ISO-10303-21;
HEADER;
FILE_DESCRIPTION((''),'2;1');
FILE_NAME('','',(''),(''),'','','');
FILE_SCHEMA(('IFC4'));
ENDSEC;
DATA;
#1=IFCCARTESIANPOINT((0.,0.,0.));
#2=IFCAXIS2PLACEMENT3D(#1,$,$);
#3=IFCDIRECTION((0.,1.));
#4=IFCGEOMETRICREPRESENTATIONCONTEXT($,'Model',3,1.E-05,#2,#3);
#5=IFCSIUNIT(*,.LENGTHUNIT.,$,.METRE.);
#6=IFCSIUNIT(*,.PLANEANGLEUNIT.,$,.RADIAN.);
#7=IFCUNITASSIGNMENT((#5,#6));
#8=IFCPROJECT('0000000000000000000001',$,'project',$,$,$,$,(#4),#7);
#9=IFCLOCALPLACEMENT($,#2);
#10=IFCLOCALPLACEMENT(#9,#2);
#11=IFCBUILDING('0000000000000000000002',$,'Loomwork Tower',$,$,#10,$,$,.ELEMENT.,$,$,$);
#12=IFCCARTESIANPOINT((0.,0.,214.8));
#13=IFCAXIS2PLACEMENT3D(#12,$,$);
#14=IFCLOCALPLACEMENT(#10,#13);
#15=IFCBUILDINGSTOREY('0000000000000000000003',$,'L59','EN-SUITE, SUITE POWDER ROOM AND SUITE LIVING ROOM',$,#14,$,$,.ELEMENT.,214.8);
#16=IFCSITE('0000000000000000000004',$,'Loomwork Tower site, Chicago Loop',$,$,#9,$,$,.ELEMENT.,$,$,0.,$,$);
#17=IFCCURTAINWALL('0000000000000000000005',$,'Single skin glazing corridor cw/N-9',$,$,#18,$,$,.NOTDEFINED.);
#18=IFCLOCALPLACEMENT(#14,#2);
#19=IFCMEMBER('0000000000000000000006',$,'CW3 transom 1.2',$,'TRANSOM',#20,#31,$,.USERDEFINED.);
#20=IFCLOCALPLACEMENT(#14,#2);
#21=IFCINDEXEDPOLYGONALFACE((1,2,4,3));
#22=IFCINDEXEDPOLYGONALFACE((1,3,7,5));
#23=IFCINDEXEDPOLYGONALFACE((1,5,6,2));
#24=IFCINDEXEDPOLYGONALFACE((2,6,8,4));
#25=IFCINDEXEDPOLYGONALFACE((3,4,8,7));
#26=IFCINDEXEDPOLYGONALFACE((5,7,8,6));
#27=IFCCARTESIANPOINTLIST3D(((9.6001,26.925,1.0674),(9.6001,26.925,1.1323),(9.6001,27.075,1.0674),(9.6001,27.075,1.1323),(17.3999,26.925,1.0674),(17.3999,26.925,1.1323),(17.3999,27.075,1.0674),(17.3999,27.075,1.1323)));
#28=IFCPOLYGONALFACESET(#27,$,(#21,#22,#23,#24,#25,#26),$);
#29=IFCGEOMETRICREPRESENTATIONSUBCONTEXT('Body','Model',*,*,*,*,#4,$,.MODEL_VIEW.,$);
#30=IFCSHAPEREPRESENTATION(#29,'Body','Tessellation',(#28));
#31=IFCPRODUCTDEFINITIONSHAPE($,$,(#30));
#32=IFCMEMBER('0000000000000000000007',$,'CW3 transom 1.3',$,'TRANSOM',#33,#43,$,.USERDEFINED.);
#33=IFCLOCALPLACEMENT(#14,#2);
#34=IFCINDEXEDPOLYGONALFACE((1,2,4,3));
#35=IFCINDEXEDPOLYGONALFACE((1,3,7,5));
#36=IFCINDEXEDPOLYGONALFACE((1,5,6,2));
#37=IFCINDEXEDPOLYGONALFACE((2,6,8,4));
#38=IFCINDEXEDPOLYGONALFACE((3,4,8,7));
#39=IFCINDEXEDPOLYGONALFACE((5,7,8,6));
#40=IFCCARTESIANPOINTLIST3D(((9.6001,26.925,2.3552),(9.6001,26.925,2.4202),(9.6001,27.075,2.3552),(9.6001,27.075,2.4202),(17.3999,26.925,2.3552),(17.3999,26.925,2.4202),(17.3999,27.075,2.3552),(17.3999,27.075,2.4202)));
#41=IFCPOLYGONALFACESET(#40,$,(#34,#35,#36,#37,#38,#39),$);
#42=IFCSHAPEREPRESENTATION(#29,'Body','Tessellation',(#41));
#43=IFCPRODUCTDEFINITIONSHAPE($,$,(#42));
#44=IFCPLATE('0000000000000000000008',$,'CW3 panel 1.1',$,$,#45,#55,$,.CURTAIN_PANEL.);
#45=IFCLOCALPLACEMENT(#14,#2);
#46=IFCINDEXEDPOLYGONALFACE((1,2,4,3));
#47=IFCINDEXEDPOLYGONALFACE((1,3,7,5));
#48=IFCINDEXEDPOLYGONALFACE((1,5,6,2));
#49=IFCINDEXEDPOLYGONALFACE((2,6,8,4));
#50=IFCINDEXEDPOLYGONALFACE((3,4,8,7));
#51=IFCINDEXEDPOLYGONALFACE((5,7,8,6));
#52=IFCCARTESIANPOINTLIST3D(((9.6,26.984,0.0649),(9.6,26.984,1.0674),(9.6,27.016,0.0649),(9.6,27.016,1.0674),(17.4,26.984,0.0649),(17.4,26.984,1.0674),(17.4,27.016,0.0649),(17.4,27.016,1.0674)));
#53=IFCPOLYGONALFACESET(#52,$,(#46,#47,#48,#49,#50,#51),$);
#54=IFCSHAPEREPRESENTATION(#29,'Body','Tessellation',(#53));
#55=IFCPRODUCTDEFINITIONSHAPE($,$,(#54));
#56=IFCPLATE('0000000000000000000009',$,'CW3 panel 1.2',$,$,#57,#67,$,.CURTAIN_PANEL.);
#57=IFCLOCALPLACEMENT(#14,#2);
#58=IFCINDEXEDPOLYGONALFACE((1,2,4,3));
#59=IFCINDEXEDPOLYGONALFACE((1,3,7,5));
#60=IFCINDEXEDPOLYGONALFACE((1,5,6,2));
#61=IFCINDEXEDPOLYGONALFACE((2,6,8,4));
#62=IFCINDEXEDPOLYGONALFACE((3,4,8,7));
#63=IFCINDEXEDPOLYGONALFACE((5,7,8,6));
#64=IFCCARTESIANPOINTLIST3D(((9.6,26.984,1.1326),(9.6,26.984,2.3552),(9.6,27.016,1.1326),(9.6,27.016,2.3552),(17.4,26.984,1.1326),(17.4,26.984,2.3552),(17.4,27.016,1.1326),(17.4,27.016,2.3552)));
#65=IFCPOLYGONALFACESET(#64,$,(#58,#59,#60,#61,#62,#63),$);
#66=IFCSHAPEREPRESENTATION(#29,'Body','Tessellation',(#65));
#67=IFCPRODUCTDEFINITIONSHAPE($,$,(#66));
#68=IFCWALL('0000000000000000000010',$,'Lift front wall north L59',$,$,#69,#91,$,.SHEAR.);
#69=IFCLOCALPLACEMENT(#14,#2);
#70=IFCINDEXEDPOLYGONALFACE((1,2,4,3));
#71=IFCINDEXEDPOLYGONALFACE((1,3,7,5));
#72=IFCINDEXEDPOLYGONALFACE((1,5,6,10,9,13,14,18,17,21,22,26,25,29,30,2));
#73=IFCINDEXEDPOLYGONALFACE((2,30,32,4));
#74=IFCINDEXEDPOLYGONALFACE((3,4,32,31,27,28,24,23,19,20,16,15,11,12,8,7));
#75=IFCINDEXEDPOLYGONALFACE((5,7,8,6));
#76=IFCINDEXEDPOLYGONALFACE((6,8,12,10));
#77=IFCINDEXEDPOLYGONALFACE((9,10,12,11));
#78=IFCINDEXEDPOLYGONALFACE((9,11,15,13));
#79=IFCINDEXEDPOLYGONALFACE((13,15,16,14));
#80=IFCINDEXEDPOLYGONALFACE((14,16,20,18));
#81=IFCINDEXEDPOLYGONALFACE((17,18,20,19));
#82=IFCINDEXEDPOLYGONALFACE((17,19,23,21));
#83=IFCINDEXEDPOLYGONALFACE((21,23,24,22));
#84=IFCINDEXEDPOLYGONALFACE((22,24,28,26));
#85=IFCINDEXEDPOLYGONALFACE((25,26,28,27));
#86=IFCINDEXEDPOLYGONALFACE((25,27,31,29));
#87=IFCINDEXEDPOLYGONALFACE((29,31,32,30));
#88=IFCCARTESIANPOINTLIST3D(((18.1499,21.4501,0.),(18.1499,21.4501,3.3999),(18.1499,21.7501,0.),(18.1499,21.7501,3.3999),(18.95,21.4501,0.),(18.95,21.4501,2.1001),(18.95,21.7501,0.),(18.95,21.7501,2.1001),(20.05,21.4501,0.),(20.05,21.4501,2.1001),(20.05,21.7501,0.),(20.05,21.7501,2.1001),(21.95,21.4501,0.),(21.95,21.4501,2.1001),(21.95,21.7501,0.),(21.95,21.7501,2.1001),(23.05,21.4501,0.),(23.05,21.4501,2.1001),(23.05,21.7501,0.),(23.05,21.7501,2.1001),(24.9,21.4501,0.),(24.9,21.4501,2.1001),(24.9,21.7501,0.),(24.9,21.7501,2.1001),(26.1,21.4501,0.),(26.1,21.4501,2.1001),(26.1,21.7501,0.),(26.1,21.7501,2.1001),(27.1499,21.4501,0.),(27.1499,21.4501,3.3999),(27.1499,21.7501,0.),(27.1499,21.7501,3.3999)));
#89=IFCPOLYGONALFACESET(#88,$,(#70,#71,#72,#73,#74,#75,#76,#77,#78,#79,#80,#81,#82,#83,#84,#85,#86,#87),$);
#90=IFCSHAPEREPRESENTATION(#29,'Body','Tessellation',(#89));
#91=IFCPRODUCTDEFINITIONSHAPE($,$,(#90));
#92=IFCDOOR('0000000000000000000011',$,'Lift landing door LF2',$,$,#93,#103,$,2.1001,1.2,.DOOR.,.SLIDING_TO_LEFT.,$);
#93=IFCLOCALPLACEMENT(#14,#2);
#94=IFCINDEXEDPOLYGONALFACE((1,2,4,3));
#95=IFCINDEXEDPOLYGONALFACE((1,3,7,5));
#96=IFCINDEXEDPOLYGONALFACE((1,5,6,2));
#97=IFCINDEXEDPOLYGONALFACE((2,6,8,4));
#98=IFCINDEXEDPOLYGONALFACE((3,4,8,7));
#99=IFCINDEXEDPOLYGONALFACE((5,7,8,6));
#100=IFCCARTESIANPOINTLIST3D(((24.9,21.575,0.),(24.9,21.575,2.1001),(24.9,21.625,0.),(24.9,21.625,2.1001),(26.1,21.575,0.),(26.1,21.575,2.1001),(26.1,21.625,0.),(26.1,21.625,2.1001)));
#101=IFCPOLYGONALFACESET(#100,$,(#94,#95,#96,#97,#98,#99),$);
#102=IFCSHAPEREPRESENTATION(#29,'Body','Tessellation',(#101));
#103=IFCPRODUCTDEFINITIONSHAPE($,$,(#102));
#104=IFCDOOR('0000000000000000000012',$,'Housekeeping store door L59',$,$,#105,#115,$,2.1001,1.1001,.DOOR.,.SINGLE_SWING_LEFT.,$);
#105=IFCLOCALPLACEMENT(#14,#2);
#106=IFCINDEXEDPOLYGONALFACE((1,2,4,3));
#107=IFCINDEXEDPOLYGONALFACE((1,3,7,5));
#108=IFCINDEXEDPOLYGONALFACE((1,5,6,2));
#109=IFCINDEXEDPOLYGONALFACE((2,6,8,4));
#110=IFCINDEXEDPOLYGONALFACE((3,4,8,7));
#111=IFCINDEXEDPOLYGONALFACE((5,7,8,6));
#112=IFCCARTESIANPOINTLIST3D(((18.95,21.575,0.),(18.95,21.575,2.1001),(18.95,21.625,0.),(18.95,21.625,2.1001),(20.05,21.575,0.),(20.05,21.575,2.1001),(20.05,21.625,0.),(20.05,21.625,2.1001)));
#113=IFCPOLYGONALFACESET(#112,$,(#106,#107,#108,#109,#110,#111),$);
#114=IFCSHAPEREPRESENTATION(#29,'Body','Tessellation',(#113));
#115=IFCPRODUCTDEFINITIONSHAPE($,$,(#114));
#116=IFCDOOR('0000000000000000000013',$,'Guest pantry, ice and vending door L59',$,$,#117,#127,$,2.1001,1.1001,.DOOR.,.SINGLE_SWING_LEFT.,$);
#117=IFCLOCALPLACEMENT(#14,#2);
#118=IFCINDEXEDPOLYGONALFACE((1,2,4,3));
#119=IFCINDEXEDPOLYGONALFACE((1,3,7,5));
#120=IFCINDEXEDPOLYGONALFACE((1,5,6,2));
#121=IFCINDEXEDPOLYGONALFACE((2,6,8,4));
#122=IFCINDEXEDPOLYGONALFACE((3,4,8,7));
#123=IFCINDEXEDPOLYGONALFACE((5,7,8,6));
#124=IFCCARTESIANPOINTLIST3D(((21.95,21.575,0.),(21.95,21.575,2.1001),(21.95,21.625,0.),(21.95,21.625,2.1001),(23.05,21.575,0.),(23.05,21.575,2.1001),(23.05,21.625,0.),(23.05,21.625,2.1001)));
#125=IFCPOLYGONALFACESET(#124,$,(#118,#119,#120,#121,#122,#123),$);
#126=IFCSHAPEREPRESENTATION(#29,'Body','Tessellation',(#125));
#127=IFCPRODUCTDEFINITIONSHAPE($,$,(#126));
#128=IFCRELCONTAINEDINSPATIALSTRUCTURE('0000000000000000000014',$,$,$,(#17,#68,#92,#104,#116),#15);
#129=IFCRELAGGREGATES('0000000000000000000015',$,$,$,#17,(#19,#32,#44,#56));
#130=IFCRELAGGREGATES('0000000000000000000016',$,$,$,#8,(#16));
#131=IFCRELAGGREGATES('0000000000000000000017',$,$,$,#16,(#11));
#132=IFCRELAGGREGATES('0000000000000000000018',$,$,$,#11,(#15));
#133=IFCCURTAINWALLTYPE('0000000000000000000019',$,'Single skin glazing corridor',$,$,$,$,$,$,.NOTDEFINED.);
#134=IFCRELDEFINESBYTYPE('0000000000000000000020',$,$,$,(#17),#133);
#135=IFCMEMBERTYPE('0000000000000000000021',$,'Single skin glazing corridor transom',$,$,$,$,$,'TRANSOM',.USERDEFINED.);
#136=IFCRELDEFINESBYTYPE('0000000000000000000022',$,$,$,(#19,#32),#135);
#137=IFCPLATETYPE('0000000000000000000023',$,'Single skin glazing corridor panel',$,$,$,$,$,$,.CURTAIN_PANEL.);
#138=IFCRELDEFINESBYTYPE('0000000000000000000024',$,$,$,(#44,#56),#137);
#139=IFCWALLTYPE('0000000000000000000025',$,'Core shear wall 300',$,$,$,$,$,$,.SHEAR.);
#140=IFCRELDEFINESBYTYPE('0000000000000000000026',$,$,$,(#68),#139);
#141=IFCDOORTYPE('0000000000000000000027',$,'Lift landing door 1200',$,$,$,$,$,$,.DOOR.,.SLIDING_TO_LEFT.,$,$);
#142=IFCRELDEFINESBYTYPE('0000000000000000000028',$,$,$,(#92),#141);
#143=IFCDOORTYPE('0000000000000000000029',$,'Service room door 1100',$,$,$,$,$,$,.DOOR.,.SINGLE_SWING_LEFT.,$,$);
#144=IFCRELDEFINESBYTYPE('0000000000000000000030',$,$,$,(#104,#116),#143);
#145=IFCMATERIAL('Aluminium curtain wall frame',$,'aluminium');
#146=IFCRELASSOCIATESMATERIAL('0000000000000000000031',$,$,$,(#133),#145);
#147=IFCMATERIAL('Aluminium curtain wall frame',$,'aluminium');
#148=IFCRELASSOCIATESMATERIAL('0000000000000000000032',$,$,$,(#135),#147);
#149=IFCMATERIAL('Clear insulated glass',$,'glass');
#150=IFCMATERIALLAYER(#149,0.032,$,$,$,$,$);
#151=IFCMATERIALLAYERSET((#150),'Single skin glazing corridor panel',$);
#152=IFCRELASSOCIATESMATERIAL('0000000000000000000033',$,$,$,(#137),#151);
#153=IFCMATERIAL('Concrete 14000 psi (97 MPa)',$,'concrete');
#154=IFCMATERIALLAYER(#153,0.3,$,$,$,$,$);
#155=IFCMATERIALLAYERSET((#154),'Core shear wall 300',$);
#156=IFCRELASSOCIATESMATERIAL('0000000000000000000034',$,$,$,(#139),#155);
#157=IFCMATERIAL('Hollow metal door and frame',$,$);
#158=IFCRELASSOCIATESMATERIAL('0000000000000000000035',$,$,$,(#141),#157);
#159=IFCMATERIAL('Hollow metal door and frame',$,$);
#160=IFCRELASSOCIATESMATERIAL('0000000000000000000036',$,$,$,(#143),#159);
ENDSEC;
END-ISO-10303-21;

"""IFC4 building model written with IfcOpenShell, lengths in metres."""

from ifc_helpers import new_model, si_unit, direction, frame, frame_2d, origin, origin_2d, place, context, subcontext, project, spatial, rectangle, extrude, material, layer, layer_set, material_profile, profile_set, type_object, element, fill, aggregate, save


model = new_model("IFC4")

# Units and contexts
model_context = context("Model", 3, precision=1e-05, world=origin(), true_north=direction((0.0, 1.0)))
body_context = subcontext(model_context, "Body", "Model", "MODEL_VIEW")
ifc_project = project(units=[si_unit("LENGTHUNIT", "METRE"), si_unit("PLANEANGLEUNIT", "RADIAN")], contexts=[model_context])

# Site, building, storey
site_placement = place(None, origin())
site = spatial("IfcSite", under=ifc_project, at=site_placement, Name="Loomwork Tower site, Chicago Loop", CompositionType="ELEMENT", RefElevation=0.0)
building_placement = place(site_placement, origin())
building = spatial("IfcBuilding", under=site, at=building_placement, Name="Loomwork Tower", CompositionType="ELEMENT")
storey_placement = place(building_placement, frame((0.0, 0.0, 214.8)))
storey = spatial("IfcBuildingStorey", under=building, at=storey_placement, Name="L59", Description="EN-SUITE, SUITE POWDER ROOM AND SUITE LIVING ROOM", CompositionType="ELEMENT", Elevation=214.8)

# Shared definitions
ifc_material_1 = material(Name="Aluminium curtain wall frame", Category="aluminium")
curtain_wall_type = type_object("IfcCurtainWallType", Name="Single skin glazing corridor", PredefinedType="NOTDEFINED", material=ifc_material_1)

# Curtain wall
curtain_wall_1_placement = place(storey_placement, origin())
curtain_wall_1 = element("IfcCurtainWall", 1, at=curtain_wall_1_placement, inside=storey, type_object=curtain_wall_type, Name="Single skin glazing corridor cw/N-9", PredefinedType="NOTDEFINED")

# Members
ifc_material_2 = material(Name="Aluminium curtain wall frame", Category="aluminium")
ifc_material_profile_1 = material_profile(ifc_material_2, rectangle(XDim=0.1499, YDim=0.0649, at=origin_2d()), Name="AL 65x150")
ifc_profile_set_1 = profile_set([ifc_material_profile_1], Name="Aluminium curtain wall frame")
member_type_1 = type_object("IfcMemberType", Name="Single skin glazing corridor transom", ElementType="TRANSOM", PredefinedType="USERDEFINED", material=ifc_profile_set_1)
member_1_placement = place(storey_placement, frame((17.3999, 27.0, 1.0999), z_axis=(-1.0, 0.0, 0.0), x_axis=(0.0, -1.0, 0.0)))
member_1 = element("IfcMember", 2, at=member_1_placement, type_object=member_type_1, Name="CW3 transom 1.2", ObjectType="TRANSOM", PredefinedType="USERDEFINED", context=body_context, shape_type="SweptSolid", body=[
    extrude(rectangle(XDim=0.1499, YDim=0.0649, at=origin_2d()), origin(), (0.0, 0.0, 1.0), 7.7998),
])
member_2_placement = place(storey_placement, frame((17.3999, 27.0, 2.3877), z_axis=(-1.0, 0.0, 0.0), x_axis=(0.0, -1.0, 0.0)))
member_2 = element("IfcMember", 3, at=member_2_placement, type_object=member_type_1, Name="CW3 transom 1.3", ObjectType="TRANSOM", PredefinedType="USERDEFINED", context=body_context, shape_type="SweptSolid", body=[
    extrude(rectangle(XDim=0.1499, YDim=0.0649, at=origin_2d()), origin(), (0.0, 0.0, 1.0), 7.7998),
])

# Plates
ifc_material_3 = material(Name="Clear insulated glass", Category="glass")
ifc_layer_1 = layer(ifc_material_3, 0.032)
ifc_layer_set_1 = layer_set([ifc_layer_1], Name="Single skin glazing corridor panel")
plate_type = type_object("IfcPlateType", Name="Single skin glazing corridor panel", PredefinedType="CURTAIN_PANEL", material=ifc_layer_set_1)
plate_1_placement = place(storey_placement, frame((13.5, 27.0, 0.0649), z_axis=(0.0, 0.0, 1.0), x_axis=(-1.0, 0.0, 0.0)))
plate_1 = element("IfcPlate", 4, at=plate_1_placement, type_object=plate_type, Name="CW3 panel 1.1", PredefinedType="CURTAIN_PANEL", context=body_context, shape_type="SweptSolid", body=[
    extrude(rectangle(XDim=7.8, YDim=0.032, at=origin_2d()), origin(), (0.0, 0.0, 1.0), 1.0024),
])
plate_2_placement = place(storey_placement, frame((13.5, 27.0, 1.1326), z_axis=(0.0, 0.0, 1.0), x_axis=(-1.0, 0.0, 0.0)))
plate_2 = element("IfcPlate", 5, at=plate_2_placement, type_object=plate_type, Name="CW3 panel 1.2", PredefinedType="CURTAIN_PANEL", context=body_context, shape_type="SweptSolid", body=[
    extrude(rectangle(XDim=7.8, YDim=0.032, at=origin_2d()), origin(), (0.0, 0.0, 1.0), 1.2227),
])
aggregate(curtain_wall_1, [member_1, member_2, plate_1, plate_2])

# Wall, openings, doors
ifc_material_4 = material(Name="Concrete 14000 psi (97 MPa)", Category="concrete")
ifc_layer_2 = layer(ifc_material_4, 0.3)
ifc_layer_set_2 = layer_set([ifc_layer_2], Name="Core shear wall 300")
wall_type_1 = type_object("IfcWallType", Name="Core shear wall 300", PredefinedType="SHEAR", material=ifc_layer_set_2)
wall_1_placement = place(storey_placement, frame((18.1499, 21.6001, 0.0), z_axis=(0.0, 0.0, 1.0), x_axis=(1.0, 0.0, 0.0)))
wall_1 = element("IfcWall", 6, at=wall_1_placement, inside=storey, type_object=wall_type_1, Name="Lift front wall north L59", PredefinedType="SHEAR", context=body_context, shape_type="SweptSolid", body=[
    extrude(rectangle(XDim=9.0, YDim=0.3, at=frame_2d((4.5, 0.0))), origin(), (0.0, 0.0, 1.0), 3.3999),
])
opening_1_placement = place(wall_1_placement, frame((6.75, 0.0, 0.0)))
opening_1 = element("IfcOpeningElement", 7, at=opening_1_placement, cuts=wall_1, PredefinedType="OPENING", context=body_context, shape_type="SweptSolid", body=[
    extrude(rectangle(XDim=1.2, YDim=2.1001, at=frame_2d((0.6001, 1.05))), frame((0.0, 0.1599, 0.0), z_axis=(0.0, -1.0, 0.0), x_axis=(1.0, 0.0, 0.0)), (0.0, 0.0, 1.0), 0.3201),
])
opening_2_placement = place(wall_1_placement, frame((0.8, 0.0, 0.0)))
opening_2 = element("IfcOpeningElement", 8, at=opening_2_placement, cuts=wall_1, PredefinedType="OPENING", context=body_context, shape_type="SweptSolid", body=[
    extrude(rectangle(XDim=1.1001, YDim=2.1001, at=frame_2d((0.55, 1.05))), frame((0.0, 0.1599, 0.0), z_axis=(0.0, -1.0, 0.0), x_axis=(1.0, 0.0, 0.0)), (0.0, 0.0, 1.0), 0.3201),
])
opening_3_placement = place(wall_1_placement, frame((3.8, 0.0, 0.0)))
opening_3 = element("IfcOpeningElement", 9, at=opening_3_placement, cuts=wall_1, PredefinedType="OPENING", context=body_context, shape_type="SweptSolid", body=[
    extrude(rectangle(XDim=1.1001, YDim=2.1001, at=frame_2d((0.55, 1.05))), frame((0.0, 0.1599, 0.0), z_axis=(0.0, -1.0, 0.0), x_axis=(1.0, 0.0, 0.0)), (0.0, 0.0, 1.0), 0.3201),
])
ifc_material_5 = material(Name="Hollow metal door and frame")
door_type_1 = type_object("IfcDoorType", Name="Lift landing door 1200", OperationType="SLIDING_TO_LEFT", PredefinedType="DOOR", material=ifc_material_5)
door_1_placement = place(opening_1_placement, origin())
door_1 = element("IfcDoor", 10, at=door_1_placement, inside=storey, type_object=door_type_1, Name="Lift landing door LF2", OperationType="SLIDING_TO_LEFT", OverallHeight=2.1001, OverallWidth=1.2, PredefinedType="DOOR", context=body_context, shape_type="SweptSolid", body=[
    extrude(rectangle(XDim=1.2, YDim=2.1001, at=frame_2d((0.6001, 1.05))), frame((0.0, 0.0249, 0.0), z_axis=(0.0, -1.0, 0.0), x_axis=(1.0, 0.0, 0.0)), (0.0, 0.0, 1.0), 0.05),
])
fill(opening_1, door_1)
ifc_material_6 = material(Name="Hollow metal door and frame")
door_type_2 = type_object("IfcDoorType", Name="Service room door 1100", OperationType="SINGLE_SWING_LEFT", PredefinedType="DOOR", material=ifc_material_6)
door_2_placement = place(opening_2_placement, origin())
door_2 = element("IfcDoor", 11, at=door_2_placement, inside=storey, type_object=door_type_2, Name="Housekeeping store door L59", OperationType="SINGLE_SWING_LEFT", OverallHeight=2.1001, OverallWidth=1.1001, PredefinedType="DOOR", context=body_context, shape_type="SweptSolid", body=[
    extrude(rectangle(XDim=1.1001, YDim=2.1001, at=frame_2d((0.55, 1.05))), frame((0.0, 0.0249, 0.0), z_axis=(0.0, -1.0, 0.0), x_axis=(1.0, 0.0, 0.0)), (0.0, 0.0, 1.0), 0.05),
])
fill(opening_2, door_2)
door_3_placement = place(opening_3_placement, origin())
door_3 = element("IfcDoor", 12, at=door_3_placement, inside=storey, type_object=door_type_2, Name="Guest pantry, ice and vending door L59", OperationType="SINGLE_SWING_LEFT", OverallHeight=2.1001, OverallWidth=1.1001, PredefinedType="DOOR", context=body_context, shape_type="SweptSolid", body=[
    extrude(rectangle(XDim=1.1001, YDim=2.1001, at=frame_2d((0.55, 1.05))), frame((0.0, 0.0249, 0.0), z_axis=(0.0, -1.0, 0.0), x_axis=(1.0, 0.0, 0.0)), (0.0, 0.0, 1.0), 0.05),
])
fill(opening_3, door_3)

save(model, "model.ifc")
